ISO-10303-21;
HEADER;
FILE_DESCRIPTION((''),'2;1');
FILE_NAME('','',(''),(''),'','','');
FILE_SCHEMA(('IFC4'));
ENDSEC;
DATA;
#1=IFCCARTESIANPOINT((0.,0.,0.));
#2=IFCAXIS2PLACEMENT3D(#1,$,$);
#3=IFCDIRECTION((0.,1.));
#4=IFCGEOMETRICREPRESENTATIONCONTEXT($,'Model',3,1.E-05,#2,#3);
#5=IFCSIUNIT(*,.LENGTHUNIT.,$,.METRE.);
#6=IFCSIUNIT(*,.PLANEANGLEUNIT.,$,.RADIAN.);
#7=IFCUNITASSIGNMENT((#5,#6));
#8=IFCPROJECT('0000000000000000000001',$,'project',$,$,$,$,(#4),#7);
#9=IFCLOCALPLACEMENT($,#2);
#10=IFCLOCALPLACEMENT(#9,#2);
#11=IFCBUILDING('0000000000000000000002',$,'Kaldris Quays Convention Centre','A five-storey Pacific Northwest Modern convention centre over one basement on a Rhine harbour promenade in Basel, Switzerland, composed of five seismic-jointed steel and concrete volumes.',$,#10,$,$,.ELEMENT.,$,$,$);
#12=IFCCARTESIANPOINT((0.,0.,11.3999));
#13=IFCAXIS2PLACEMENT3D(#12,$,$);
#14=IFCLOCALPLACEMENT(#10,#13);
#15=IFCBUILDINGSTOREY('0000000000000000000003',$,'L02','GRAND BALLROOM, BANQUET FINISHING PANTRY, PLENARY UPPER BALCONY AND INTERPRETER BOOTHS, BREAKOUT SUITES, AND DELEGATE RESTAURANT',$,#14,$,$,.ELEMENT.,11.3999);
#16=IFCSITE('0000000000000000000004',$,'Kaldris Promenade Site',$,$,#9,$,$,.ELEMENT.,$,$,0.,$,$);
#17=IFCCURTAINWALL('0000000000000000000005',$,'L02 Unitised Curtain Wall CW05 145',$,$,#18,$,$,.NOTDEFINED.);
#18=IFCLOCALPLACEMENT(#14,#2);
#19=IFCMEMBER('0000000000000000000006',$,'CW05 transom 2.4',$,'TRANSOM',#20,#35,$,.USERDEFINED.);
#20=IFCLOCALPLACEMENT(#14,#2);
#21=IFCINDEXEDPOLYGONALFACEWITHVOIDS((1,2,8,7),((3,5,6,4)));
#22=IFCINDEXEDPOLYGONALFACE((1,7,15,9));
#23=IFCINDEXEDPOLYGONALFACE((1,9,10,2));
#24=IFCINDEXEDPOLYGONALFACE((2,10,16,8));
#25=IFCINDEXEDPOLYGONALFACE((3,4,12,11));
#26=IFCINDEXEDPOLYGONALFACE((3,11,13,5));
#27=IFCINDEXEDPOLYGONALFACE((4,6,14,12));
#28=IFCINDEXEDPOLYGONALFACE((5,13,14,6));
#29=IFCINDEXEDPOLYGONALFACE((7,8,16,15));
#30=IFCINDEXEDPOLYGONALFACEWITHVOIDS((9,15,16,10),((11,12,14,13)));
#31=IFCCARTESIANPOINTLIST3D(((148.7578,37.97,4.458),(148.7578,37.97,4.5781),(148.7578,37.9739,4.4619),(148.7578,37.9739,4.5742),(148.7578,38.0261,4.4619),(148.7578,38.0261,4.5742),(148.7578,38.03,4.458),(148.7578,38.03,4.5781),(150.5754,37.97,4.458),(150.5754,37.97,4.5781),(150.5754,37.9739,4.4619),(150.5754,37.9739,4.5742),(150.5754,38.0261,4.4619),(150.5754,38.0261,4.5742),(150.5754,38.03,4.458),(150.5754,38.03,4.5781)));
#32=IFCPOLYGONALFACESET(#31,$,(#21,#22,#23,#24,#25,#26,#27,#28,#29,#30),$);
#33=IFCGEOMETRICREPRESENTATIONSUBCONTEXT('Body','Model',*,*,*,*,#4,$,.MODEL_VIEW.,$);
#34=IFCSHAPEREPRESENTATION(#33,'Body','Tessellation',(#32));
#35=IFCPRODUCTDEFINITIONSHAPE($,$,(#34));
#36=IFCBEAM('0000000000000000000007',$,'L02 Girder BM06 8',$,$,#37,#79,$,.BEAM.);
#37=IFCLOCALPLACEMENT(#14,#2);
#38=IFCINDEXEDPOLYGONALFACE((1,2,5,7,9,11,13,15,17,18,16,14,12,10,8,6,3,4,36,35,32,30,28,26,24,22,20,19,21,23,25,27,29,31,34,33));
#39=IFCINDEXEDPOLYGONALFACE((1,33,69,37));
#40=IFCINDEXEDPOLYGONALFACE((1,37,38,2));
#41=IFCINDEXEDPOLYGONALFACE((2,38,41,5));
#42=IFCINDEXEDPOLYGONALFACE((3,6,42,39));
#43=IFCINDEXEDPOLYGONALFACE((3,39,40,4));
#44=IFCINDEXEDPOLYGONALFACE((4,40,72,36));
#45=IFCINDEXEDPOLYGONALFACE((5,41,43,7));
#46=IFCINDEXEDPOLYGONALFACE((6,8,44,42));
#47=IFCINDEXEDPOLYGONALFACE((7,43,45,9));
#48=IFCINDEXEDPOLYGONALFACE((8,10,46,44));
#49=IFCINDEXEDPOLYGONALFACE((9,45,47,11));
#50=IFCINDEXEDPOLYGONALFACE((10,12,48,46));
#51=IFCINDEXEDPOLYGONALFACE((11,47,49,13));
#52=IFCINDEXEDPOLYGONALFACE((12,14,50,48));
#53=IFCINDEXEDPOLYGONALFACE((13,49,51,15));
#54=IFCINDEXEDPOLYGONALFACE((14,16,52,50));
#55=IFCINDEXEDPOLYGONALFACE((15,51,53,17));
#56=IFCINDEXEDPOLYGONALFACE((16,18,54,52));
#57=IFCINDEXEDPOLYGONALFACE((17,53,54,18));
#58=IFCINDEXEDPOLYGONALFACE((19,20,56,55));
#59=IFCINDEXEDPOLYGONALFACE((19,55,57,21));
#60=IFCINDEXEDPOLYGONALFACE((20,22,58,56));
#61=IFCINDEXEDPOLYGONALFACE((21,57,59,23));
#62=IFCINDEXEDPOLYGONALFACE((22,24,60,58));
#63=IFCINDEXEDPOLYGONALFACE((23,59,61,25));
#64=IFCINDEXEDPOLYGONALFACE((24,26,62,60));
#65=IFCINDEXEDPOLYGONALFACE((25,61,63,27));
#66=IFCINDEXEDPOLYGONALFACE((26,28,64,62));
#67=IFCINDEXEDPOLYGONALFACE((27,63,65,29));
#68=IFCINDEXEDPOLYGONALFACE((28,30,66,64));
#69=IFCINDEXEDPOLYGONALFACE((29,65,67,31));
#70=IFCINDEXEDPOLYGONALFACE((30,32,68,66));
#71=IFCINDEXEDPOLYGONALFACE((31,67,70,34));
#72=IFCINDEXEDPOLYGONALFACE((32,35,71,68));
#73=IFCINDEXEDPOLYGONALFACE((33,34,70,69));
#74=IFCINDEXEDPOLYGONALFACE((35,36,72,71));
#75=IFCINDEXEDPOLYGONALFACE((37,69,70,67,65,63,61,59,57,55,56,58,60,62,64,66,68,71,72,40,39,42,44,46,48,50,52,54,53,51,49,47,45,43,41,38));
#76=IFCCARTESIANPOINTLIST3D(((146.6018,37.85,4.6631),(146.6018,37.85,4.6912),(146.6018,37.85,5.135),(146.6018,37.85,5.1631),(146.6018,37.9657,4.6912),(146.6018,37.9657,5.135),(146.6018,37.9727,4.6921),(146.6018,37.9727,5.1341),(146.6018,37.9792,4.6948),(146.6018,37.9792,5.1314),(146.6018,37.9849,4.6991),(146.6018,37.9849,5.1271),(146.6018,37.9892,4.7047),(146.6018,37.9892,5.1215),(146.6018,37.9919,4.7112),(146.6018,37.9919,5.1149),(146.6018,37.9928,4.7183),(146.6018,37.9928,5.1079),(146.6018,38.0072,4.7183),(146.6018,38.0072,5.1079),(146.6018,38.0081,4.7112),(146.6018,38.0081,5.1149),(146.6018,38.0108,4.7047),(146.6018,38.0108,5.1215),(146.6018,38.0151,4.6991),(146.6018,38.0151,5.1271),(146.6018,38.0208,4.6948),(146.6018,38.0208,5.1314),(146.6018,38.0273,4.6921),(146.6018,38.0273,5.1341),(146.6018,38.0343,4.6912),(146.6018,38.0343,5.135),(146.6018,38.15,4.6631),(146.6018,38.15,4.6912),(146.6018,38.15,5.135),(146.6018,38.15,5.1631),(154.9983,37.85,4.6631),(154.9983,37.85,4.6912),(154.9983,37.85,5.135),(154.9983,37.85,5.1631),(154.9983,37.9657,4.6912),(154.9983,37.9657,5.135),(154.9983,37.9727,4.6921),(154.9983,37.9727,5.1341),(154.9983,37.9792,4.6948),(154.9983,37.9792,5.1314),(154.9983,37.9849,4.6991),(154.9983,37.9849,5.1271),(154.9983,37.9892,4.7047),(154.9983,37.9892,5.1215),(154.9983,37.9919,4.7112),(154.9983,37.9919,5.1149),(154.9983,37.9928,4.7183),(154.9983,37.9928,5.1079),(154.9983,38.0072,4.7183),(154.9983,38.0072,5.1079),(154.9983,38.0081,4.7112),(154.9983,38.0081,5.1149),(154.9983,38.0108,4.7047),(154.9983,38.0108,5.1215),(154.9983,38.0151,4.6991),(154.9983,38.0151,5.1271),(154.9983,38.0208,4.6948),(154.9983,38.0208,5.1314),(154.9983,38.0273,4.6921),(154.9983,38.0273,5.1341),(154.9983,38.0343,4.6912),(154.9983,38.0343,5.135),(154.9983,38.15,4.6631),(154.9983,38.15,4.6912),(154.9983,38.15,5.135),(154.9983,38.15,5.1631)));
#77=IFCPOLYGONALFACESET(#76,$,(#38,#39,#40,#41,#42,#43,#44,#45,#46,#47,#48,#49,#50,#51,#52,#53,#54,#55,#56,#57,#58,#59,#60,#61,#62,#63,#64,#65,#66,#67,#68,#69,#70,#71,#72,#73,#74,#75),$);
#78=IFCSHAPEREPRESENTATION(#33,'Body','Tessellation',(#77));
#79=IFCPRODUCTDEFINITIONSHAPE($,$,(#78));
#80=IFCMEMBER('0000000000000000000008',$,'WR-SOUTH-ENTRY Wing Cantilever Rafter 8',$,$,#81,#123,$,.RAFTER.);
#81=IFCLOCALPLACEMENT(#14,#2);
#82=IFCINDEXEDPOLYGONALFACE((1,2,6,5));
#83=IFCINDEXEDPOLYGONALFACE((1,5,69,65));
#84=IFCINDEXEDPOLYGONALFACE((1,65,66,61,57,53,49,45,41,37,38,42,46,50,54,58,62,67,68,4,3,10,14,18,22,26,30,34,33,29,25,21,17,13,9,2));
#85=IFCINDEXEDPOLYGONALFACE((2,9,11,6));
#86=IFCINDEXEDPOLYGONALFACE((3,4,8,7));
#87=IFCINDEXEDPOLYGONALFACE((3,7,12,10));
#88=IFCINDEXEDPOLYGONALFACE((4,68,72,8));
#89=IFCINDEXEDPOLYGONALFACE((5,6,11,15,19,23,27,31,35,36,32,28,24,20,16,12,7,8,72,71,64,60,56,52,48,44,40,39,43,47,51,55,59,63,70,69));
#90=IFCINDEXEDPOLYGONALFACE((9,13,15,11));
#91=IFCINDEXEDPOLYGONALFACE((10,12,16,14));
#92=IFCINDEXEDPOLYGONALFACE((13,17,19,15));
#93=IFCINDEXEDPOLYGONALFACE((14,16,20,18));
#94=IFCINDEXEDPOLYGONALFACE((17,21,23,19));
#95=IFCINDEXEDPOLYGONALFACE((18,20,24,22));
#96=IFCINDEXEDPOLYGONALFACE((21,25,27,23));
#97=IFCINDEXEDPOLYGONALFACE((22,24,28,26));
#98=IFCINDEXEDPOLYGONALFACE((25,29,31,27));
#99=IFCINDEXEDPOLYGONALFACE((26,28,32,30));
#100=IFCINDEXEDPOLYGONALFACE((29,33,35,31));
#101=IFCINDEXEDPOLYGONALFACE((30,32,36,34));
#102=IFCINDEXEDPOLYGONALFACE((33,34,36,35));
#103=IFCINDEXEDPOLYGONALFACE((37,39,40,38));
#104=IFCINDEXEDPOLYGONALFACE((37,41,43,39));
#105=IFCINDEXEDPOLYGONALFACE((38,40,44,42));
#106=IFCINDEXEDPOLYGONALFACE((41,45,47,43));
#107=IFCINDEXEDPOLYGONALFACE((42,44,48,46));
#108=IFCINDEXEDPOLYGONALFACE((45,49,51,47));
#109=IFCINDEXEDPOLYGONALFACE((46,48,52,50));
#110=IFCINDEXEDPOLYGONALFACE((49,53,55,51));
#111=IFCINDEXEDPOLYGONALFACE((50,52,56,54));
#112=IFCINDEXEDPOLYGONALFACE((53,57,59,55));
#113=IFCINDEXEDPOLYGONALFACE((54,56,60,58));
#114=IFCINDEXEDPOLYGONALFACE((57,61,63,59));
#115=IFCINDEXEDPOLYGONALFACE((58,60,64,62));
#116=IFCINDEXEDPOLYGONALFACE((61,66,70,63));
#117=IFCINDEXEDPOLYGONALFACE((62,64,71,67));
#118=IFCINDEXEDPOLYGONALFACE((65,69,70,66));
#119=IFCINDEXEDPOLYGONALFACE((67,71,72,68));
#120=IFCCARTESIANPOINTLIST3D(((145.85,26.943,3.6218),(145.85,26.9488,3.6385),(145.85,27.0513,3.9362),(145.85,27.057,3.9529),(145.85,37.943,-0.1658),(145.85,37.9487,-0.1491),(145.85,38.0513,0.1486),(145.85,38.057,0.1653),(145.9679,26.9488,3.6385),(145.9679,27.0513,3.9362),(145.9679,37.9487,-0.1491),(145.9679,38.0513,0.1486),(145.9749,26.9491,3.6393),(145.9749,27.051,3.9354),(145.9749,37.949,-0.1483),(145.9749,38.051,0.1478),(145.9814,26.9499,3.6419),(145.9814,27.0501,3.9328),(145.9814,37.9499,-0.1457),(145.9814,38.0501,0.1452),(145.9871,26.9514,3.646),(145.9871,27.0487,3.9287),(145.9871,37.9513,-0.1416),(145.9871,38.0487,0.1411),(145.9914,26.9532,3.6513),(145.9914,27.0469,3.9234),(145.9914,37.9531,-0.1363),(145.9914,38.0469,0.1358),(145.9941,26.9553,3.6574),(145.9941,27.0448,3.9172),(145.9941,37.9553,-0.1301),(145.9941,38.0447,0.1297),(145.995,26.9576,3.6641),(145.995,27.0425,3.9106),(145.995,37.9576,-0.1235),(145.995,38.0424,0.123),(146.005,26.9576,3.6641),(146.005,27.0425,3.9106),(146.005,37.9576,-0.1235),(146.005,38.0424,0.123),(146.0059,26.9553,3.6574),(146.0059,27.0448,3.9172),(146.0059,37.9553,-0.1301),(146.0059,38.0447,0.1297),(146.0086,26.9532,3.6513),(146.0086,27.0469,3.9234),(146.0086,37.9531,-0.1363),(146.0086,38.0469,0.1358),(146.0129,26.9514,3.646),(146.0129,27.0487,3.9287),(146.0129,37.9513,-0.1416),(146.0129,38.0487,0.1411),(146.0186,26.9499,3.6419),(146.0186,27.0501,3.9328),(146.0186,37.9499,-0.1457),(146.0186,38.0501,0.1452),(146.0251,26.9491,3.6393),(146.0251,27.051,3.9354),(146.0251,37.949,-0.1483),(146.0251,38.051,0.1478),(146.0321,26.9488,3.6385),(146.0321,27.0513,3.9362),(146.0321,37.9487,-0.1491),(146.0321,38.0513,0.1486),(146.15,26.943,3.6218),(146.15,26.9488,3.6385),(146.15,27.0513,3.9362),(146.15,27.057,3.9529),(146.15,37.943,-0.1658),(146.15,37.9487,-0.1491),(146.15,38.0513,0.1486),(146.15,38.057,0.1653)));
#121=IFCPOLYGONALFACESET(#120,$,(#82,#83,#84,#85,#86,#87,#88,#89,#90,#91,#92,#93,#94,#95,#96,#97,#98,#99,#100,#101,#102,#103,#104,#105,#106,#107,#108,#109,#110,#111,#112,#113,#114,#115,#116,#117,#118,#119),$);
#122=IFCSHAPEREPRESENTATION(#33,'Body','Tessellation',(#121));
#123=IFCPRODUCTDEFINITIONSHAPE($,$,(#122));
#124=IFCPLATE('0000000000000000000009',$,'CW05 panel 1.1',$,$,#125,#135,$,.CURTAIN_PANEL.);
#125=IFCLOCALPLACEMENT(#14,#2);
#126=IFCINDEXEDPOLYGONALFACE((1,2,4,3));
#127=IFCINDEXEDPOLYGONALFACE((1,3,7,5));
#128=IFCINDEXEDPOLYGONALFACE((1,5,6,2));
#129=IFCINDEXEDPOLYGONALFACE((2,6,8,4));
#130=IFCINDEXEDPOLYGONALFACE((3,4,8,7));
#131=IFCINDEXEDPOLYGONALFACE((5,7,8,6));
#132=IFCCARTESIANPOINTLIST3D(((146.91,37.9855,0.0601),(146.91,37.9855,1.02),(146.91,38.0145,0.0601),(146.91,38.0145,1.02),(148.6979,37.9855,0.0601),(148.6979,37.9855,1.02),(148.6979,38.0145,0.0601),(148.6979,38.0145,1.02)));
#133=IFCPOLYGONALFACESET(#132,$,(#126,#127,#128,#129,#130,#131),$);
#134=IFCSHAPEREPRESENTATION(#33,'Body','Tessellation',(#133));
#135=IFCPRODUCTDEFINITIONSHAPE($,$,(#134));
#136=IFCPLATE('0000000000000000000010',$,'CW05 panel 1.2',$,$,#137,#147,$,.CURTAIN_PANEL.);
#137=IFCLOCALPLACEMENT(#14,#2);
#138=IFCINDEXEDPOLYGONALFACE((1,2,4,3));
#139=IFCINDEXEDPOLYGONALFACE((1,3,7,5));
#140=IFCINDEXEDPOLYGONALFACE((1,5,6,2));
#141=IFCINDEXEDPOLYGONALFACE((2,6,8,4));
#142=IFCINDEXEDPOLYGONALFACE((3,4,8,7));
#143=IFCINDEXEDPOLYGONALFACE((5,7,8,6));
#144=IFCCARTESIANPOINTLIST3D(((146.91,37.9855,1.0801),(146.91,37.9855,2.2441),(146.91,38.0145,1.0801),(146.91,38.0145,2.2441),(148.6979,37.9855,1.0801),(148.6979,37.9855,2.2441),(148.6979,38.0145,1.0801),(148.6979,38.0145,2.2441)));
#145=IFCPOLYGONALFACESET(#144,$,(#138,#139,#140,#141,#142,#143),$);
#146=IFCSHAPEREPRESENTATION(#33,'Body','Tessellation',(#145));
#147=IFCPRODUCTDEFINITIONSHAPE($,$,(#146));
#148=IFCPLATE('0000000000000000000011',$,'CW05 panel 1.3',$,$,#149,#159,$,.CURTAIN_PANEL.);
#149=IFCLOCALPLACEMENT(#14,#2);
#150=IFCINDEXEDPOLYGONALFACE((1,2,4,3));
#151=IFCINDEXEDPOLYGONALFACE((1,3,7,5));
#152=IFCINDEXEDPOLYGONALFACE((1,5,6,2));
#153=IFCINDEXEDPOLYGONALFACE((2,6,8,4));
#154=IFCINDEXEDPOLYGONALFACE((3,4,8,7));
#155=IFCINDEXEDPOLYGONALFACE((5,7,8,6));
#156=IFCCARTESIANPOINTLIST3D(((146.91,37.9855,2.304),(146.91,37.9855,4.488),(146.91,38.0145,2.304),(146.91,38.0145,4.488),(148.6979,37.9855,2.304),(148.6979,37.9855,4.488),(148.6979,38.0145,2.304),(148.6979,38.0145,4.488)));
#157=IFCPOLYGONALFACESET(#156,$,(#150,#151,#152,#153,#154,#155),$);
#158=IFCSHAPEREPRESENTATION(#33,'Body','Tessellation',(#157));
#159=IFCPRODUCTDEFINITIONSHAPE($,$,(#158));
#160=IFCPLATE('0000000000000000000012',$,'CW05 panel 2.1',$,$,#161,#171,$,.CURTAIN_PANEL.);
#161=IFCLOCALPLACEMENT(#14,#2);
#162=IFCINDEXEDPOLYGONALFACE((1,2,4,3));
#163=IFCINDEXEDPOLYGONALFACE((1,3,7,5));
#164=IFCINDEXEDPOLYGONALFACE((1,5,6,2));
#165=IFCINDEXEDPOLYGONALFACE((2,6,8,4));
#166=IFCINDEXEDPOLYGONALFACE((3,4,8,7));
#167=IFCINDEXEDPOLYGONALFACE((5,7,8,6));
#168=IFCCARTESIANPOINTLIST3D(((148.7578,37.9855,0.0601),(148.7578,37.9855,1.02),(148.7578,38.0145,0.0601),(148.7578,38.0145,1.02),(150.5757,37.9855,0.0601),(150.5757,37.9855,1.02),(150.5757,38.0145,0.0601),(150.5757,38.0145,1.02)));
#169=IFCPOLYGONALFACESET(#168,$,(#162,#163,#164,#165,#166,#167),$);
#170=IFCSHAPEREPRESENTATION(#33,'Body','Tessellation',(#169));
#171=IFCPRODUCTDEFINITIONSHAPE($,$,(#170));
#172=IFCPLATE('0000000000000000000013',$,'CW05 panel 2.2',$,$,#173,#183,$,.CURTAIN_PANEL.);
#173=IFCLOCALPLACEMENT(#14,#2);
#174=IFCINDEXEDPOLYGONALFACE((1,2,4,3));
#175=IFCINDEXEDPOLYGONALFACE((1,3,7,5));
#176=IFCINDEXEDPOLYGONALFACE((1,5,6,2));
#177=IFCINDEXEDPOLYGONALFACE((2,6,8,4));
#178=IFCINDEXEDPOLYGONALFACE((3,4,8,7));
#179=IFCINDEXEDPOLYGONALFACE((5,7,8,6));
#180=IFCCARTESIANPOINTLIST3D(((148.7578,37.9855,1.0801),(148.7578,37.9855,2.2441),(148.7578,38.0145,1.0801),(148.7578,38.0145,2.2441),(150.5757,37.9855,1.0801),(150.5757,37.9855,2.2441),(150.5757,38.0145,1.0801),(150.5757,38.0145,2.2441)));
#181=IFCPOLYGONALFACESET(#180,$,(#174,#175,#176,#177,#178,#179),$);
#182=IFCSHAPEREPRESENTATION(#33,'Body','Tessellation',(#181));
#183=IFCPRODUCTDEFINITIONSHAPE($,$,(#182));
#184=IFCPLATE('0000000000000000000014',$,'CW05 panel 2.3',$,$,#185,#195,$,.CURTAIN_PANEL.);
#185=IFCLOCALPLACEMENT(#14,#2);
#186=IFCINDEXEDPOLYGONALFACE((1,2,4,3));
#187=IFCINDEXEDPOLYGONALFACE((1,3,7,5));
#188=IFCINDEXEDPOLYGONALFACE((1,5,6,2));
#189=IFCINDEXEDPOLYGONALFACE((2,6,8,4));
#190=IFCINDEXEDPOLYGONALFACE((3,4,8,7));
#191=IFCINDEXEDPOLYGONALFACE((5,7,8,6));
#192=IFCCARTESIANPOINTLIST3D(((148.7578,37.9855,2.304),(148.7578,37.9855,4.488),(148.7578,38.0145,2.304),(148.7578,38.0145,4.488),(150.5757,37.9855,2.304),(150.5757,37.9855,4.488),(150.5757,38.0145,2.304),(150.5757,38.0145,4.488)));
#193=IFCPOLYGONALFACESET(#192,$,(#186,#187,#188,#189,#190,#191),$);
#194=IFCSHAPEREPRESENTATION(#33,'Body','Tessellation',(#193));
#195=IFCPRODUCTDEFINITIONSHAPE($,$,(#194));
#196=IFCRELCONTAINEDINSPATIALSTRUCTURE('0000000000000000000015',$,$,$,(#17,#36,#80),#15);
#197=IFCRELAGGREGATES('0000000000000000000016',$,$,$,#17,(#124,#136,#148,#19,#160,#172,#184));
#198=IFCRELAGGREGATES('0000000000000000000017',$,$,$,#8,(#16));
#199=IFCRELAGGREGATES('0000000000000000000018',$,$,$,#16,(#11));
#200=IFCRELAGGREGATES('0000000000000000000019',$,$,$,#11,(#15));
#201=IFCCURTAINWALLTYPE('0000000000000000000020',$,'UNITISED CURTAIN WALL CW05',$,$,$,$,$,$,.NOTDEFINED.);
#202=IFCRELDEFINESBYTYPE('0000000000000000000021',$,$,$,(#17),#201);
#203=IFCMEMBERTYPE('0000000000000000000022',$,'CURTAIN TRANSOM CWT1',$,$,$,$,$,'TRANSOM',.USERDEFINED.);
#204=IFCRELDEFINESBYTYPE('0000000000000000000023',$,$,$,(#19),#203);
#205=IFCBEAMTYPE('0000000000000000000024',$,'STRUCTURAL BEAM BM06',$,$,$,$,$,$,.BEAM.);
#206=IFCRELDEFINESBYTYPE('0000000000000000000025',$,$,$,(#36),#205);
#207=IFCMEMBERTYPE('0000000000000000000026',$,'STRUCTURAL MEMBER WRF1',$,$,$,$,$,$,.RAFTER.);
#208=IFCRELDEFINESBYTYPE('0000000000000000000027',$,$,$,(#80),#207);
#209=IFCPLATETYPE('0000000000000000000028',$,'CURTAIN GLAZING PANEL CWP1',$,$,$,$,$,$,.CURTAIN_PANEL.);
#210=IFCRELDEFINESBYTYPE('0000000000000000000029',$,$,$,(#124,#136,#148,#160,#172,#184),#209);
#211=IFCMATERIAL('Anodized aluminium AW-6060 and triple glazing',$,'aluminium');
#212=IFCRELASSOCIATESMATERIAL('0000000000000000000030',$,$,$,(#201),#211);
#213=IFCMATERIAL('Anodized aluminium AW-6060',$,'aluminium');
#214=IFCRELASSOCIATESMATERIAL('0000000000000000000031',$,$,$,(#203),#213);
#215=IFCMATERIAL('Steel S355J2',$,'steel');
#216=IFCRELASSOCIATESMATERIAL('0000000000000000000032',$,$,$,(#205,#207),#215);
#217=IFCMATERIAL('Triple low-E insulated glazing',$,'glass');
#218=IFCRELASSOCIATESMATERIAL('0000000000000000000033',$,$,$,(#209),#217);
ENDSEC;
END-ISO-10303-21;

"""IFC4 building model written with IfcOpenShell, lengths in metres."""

from ifc_helpers import new_model, si_unit, direction, frame, origin, origin_2d, place, context, subcontext, project, spatial, rectangle, hollow_rectangle, i_section, extrude, material, material_profile, profile_set, type_object, element, aggregate, save


model = new_model("IFC4")

# Units and contexts
model_context = context("Model", 3, precision=1e-05, world=origin(), true_north=direction((0.0, 1.0)))
body_context = subcontext(model_context, "Body", "Model", "MODEL_VIEW")
ifc_project = project(units=[si_unit("LENGTHUNIT", "METRE"), si_unit("PLANEANGLEUNIT", "RADIAN")], contexts=[model_context])

# Site, building, storey
site_placement = place(None, origin())
site = spatial("IfcSite", under=ifc_project, at=site_placement, Name="Kaldris Promenade Site", CompositionType="ELEMENT", RefElevation=0.0)
building_placement = place(site_placement, origin())
building = spatial("IfcBuilding", under=site, at=building_placement, Name="Kaldris Quays Convention Centre", Description="A five-storey Pacific Northwest Modern convention centre over one basement on a Rhine harbour promenade in Basel, Switzerland, composed of five seismic-jointed steel and concrete volumes.", CompositionType="ELEMENT")
storey_placement = place(building_placement, frame((0.0, 0.0, 11.3999)))
storey = spatial("IfcBuildingStorey", under=building, at=storey_placement, Name="L02", Description="GRAND BALLROOM, BANQUET FINISHING PANTRY, PLENARY UPPER BALCONY AND INTERPRETER BOOTHS, BREAKOUT SUITES, AND DELEGATE RESTAURANT", CompositionType="ELEMENT", Elevation=11.3999)

# Shared definitions
ifc_material_1 = material(Name="Steel S355J2", Category="steel")

# Curtain wall
ifc_material_2 = material(Name="Anodized aluminium AW-6060 and triple glazing", Category="aluminium")
ifc_material_3 = material(Name="Anodized aluminium AW-6060", Category="aluminium")
curtain_wall_type_1 = type_object("IfcCurtainWallType", Name="UNITISED CURTAIN WALL CW05", PredefinedType="NOTDEFINED", material=ifc_material_2)
curtain_wall_1_placement = place(storey_placement, origin())
curtain_wall_1 = element("IfcCurtainWall", 1, at=curtain_wall_1_placement, inside=storey, type_object=curtain_wall_type_1, Name="L02 Unitised Curtain Wall CW05 145", PredefinedType="NOTDEFINED")

# Member
ifc_material_profile_1 = material_profile(ifc_material_3, hollow_rectangle(XDim=0.0601, YDim=0.1201, WallThickness=0.0039, at=origin_2d()), Name="RHS 120x60x4")
ifc_profile_set_1 = profile_set([ifc_material_profile_1], Name="Anodized aluminium AW-6060")
member_type_1 = type_object("IfcMemberType", Name="CURTAIN TRANSOM CWT1", ElementType="TRANSOM", PredefinedType="USERDEFINED", material=ifc_profile_set_1)
member_1_placement = place(storey_placement, frame((148.7578, 38.0, 4.5181), z_axis=(1.0, 0.0, 0.0), x_axis=(0.0, 1.0, 0.0)))
member_1 = element("IfcMember", 2, at=member_1_placement, type_object=member_type_1, Name="CW05 transom 2.4", ObjectType="TRANSOM", PredefinedType="USERDEFINED", context=body_context, shape_type="SweptSolid", body=[
    extrude(hollow_rectangle(XDim=0.0601, YDim=0.1201, WallThickness=0.0039, at=origin_2d()), origin(), (0.0, 0.0, 1.0), 1.8176),
])

# Beam
ifc_material_profile_2 = material_profile(ifc_material_1, i_section(OverallWidth=0.3, OverallDepth=0.5, WebThickness=0.0144, FlangeThickness=0.0281, FilletRadius=0.0271, at=origin_2d()), Name="HEB 500")
ifc_profile_set_2 = profile_set([ifc_material_profile_2], Name="Steel S355J2")
beam_type = type_object("IfcBeamType", Name="STRUCTURAL BEAM BM06", PredefinedType="BEAM", material=ifc_profile_set_2)
beam_placement = place(storey_placement, frame((146.6018, 38.0, 4.9131), z_axis=(1.0, 0.0, 0.0), x_axis=(0.0, 1.0, 0.0)))
element("IfcBeam", 3, at=beam_placement, inside=storey, type_object=beam_type, Name="L02 Girder BM06 8", PredefinedType="BEAM", context=body_context, shape_type="SweptSolid", body=[
    extrude(i_section(OverallWidth=0.3, OverallDepth=0.5, WebThickness=0.0144, FlangeThickness=0.0281, FilletRadius=0.0271, at=origin_2d()), origin(), (0.0, 0.0, 1.0), 8.3965),
])

# Member
ifc_material_profile_3 = material_profile(ifc_material_1, i_section(OverallWidth=0.3, OverallDepth=0.3501, WebThickness=0.01, FlangeThickness=0.0176, FilletRadius=0.0271, at=origin_2d()), Name="HEA 360")
ifc_profile_set_3 = profile_set([ifc_material_profile_3], Name="Steel S355J2")
member_type_2 = type_object("IfcMemberType", Name="STRUCTURAL MEMBER WRF1", PredefinedType="RAFTER", material=ifc_profile_set_3)
member_2_placement = place(storey_placement, frame((146.0, 38.0, -0.0002), z_axis=(0.0, -0.945519, 0.325568), x_axis=(1.0, 0.0, 0.0)))
element("IfcMember", 4, at=member_2_placement, inside=storey, type_object=member_type_2, Name="WR-SOUTH-ENTRY Wing Cantilever Rafter 8", PredefinedType="RAFTER", context=body_context, shape_type="SweptSolid", body=[
    extrude(i_section(OverallWidth=0.3, OverallDepth=0.3501, WebThickness=0.01, FlangeThickness=0.0176, FilletRadius=0.0271, at=origin_2d()), origin(), (0.0, 0.0, 1.0), 11.6338),
])

# Plates
ifc_material_4 = material(Name="Triple low-E insulated glazing", Category="glass")
plate_type_1 = type_object("IfcPlateType", Name="CURTAIN GLAZING PANEL CWP1", PredefinedType="CURTAIN_PANEL", material=ifc_material_4)
plate_1_placement = place(storey_placement, frame((147.804, 38.0, 0.0601), z_axis=(0.0, 0.0, 1.0), x_axis=(1.0, 0.0, 0.0)))
plate_1 = element("IfcPlate", 5, at=plate_1_placement, type_object=plate_type_1, Name="CW05 panel 1.1", PredefinedType="CURTAIN_PANEL", context=body_context, shape_type="SweptSolid", body=[
    extrude(rectangle(XDim=1.7878, YDim=0.0291, at=origin_2d()), origin(), (0.0, 0.0, 1.0), 0.96),
])
plate_2_placement = place(storey_placement, frame((147.804, 38.0, 1.0801), z_axis=(0.0, 0.0, 1.0), x_axis=(1.0, 0.0, 0.0)))
plate_2 = element("IfcPlate", 6, at=plate_2_placement, type_object=plate_type_1, Name="CW05 panel 1.2", PredefinedType="CURTAIN_PANEL", context=body_context, shape_type="SweptSolid", body=[
    extrude(rectangle(XDim=1.7878, YDim=0.0291, at=origin_2d()), origin(), (0.0, 0.0, 1.0), 1.1641),
])
plate_3_placement = place(storey_placement, frame((147.804, 38.0, 2.304), z_axis=(0.0, 0.0, 1.0), x_axis=(1.0, 0.0, 0.0)))
plate_3 = element("IfcPlate", 7, at=plate_3_placement, type_object=plate_type_1, Name="CW05 panel 1.3", PredefinedType="CURTAIN_PANEL", context=body_context, shape_type="SweptSolid", body=[
    extrude(rectangle(XDim=1.7878, YDim=0.0291, at=origin_2d()), origin(), (0.0, 0.0, 1.0), 2.1841),
])
plate_4_placement = place(storey_placement, frame((149.6667, 38.0, 0.0601), z_axis=(0.0, 0.0, 1.0), x_axis=(1.0, 0.0, 0.0)))
plate_4 = element("IfcPlate", 8, at=plate_4_placement, type_object=plate_type_1, Name="CW05 panel 2.1", PredefinedType="CURTAIN_PANEL", context=body_context, shape_type="SweptSolid", body=[
    extrude(rectangle(XDim=1.8179, YDim=0.0291, at=origin_2d()), origin(), (0.0, 0.0, 1.0), 0.96),
])
plate_5_placement = place(storey_placement, frame((149.6667, 38.0, 1.0801), z_axis=(0.0, 0.0, 1.0), x_axis=(1.0, 0.0, 0.0)))
plate_5 = element("IfcPlate", 9, at=plate_5_placement, type_object=plate_type_1, Name="CW05 panel 2.2", PredefinedType="CURTAIN_PANEL", context=body_context, shape_type="SweptSolid", body=[
    extrude(rectangle(XDim=1.8179, YDim=0.0291, at=origin_2d()), origin(), (0.0, 0.0, 1.0), 1.1641),
])
plate_6_placement = place(storey_placement, frame((149.6667, 38.0, 2.304), z_axis=(0.0, 0.0, 1.0), x_axis=(1.0, 0.0, 0.0)))
plate_6 = element("IfcPlate", 10, at=plate_6_placement, type_object=plate_type_1, Name="CW05 panel 2.3", PredefinedType="CURTAIN_PANEL", context=body_context, shape_type="SweptSolid", body=[
    extrude(rectangle(XDim=1.8179, YDim=0.0291, at=origin_2d()), origin(), (0.0, 0.0, 1.0), 2.1841),
])
aggregate(curtain_wall_1, [plate_1, plate_2, plate_3, member_1, plate_4, plate_5, plate_6])

save(model, "model.ifc")
